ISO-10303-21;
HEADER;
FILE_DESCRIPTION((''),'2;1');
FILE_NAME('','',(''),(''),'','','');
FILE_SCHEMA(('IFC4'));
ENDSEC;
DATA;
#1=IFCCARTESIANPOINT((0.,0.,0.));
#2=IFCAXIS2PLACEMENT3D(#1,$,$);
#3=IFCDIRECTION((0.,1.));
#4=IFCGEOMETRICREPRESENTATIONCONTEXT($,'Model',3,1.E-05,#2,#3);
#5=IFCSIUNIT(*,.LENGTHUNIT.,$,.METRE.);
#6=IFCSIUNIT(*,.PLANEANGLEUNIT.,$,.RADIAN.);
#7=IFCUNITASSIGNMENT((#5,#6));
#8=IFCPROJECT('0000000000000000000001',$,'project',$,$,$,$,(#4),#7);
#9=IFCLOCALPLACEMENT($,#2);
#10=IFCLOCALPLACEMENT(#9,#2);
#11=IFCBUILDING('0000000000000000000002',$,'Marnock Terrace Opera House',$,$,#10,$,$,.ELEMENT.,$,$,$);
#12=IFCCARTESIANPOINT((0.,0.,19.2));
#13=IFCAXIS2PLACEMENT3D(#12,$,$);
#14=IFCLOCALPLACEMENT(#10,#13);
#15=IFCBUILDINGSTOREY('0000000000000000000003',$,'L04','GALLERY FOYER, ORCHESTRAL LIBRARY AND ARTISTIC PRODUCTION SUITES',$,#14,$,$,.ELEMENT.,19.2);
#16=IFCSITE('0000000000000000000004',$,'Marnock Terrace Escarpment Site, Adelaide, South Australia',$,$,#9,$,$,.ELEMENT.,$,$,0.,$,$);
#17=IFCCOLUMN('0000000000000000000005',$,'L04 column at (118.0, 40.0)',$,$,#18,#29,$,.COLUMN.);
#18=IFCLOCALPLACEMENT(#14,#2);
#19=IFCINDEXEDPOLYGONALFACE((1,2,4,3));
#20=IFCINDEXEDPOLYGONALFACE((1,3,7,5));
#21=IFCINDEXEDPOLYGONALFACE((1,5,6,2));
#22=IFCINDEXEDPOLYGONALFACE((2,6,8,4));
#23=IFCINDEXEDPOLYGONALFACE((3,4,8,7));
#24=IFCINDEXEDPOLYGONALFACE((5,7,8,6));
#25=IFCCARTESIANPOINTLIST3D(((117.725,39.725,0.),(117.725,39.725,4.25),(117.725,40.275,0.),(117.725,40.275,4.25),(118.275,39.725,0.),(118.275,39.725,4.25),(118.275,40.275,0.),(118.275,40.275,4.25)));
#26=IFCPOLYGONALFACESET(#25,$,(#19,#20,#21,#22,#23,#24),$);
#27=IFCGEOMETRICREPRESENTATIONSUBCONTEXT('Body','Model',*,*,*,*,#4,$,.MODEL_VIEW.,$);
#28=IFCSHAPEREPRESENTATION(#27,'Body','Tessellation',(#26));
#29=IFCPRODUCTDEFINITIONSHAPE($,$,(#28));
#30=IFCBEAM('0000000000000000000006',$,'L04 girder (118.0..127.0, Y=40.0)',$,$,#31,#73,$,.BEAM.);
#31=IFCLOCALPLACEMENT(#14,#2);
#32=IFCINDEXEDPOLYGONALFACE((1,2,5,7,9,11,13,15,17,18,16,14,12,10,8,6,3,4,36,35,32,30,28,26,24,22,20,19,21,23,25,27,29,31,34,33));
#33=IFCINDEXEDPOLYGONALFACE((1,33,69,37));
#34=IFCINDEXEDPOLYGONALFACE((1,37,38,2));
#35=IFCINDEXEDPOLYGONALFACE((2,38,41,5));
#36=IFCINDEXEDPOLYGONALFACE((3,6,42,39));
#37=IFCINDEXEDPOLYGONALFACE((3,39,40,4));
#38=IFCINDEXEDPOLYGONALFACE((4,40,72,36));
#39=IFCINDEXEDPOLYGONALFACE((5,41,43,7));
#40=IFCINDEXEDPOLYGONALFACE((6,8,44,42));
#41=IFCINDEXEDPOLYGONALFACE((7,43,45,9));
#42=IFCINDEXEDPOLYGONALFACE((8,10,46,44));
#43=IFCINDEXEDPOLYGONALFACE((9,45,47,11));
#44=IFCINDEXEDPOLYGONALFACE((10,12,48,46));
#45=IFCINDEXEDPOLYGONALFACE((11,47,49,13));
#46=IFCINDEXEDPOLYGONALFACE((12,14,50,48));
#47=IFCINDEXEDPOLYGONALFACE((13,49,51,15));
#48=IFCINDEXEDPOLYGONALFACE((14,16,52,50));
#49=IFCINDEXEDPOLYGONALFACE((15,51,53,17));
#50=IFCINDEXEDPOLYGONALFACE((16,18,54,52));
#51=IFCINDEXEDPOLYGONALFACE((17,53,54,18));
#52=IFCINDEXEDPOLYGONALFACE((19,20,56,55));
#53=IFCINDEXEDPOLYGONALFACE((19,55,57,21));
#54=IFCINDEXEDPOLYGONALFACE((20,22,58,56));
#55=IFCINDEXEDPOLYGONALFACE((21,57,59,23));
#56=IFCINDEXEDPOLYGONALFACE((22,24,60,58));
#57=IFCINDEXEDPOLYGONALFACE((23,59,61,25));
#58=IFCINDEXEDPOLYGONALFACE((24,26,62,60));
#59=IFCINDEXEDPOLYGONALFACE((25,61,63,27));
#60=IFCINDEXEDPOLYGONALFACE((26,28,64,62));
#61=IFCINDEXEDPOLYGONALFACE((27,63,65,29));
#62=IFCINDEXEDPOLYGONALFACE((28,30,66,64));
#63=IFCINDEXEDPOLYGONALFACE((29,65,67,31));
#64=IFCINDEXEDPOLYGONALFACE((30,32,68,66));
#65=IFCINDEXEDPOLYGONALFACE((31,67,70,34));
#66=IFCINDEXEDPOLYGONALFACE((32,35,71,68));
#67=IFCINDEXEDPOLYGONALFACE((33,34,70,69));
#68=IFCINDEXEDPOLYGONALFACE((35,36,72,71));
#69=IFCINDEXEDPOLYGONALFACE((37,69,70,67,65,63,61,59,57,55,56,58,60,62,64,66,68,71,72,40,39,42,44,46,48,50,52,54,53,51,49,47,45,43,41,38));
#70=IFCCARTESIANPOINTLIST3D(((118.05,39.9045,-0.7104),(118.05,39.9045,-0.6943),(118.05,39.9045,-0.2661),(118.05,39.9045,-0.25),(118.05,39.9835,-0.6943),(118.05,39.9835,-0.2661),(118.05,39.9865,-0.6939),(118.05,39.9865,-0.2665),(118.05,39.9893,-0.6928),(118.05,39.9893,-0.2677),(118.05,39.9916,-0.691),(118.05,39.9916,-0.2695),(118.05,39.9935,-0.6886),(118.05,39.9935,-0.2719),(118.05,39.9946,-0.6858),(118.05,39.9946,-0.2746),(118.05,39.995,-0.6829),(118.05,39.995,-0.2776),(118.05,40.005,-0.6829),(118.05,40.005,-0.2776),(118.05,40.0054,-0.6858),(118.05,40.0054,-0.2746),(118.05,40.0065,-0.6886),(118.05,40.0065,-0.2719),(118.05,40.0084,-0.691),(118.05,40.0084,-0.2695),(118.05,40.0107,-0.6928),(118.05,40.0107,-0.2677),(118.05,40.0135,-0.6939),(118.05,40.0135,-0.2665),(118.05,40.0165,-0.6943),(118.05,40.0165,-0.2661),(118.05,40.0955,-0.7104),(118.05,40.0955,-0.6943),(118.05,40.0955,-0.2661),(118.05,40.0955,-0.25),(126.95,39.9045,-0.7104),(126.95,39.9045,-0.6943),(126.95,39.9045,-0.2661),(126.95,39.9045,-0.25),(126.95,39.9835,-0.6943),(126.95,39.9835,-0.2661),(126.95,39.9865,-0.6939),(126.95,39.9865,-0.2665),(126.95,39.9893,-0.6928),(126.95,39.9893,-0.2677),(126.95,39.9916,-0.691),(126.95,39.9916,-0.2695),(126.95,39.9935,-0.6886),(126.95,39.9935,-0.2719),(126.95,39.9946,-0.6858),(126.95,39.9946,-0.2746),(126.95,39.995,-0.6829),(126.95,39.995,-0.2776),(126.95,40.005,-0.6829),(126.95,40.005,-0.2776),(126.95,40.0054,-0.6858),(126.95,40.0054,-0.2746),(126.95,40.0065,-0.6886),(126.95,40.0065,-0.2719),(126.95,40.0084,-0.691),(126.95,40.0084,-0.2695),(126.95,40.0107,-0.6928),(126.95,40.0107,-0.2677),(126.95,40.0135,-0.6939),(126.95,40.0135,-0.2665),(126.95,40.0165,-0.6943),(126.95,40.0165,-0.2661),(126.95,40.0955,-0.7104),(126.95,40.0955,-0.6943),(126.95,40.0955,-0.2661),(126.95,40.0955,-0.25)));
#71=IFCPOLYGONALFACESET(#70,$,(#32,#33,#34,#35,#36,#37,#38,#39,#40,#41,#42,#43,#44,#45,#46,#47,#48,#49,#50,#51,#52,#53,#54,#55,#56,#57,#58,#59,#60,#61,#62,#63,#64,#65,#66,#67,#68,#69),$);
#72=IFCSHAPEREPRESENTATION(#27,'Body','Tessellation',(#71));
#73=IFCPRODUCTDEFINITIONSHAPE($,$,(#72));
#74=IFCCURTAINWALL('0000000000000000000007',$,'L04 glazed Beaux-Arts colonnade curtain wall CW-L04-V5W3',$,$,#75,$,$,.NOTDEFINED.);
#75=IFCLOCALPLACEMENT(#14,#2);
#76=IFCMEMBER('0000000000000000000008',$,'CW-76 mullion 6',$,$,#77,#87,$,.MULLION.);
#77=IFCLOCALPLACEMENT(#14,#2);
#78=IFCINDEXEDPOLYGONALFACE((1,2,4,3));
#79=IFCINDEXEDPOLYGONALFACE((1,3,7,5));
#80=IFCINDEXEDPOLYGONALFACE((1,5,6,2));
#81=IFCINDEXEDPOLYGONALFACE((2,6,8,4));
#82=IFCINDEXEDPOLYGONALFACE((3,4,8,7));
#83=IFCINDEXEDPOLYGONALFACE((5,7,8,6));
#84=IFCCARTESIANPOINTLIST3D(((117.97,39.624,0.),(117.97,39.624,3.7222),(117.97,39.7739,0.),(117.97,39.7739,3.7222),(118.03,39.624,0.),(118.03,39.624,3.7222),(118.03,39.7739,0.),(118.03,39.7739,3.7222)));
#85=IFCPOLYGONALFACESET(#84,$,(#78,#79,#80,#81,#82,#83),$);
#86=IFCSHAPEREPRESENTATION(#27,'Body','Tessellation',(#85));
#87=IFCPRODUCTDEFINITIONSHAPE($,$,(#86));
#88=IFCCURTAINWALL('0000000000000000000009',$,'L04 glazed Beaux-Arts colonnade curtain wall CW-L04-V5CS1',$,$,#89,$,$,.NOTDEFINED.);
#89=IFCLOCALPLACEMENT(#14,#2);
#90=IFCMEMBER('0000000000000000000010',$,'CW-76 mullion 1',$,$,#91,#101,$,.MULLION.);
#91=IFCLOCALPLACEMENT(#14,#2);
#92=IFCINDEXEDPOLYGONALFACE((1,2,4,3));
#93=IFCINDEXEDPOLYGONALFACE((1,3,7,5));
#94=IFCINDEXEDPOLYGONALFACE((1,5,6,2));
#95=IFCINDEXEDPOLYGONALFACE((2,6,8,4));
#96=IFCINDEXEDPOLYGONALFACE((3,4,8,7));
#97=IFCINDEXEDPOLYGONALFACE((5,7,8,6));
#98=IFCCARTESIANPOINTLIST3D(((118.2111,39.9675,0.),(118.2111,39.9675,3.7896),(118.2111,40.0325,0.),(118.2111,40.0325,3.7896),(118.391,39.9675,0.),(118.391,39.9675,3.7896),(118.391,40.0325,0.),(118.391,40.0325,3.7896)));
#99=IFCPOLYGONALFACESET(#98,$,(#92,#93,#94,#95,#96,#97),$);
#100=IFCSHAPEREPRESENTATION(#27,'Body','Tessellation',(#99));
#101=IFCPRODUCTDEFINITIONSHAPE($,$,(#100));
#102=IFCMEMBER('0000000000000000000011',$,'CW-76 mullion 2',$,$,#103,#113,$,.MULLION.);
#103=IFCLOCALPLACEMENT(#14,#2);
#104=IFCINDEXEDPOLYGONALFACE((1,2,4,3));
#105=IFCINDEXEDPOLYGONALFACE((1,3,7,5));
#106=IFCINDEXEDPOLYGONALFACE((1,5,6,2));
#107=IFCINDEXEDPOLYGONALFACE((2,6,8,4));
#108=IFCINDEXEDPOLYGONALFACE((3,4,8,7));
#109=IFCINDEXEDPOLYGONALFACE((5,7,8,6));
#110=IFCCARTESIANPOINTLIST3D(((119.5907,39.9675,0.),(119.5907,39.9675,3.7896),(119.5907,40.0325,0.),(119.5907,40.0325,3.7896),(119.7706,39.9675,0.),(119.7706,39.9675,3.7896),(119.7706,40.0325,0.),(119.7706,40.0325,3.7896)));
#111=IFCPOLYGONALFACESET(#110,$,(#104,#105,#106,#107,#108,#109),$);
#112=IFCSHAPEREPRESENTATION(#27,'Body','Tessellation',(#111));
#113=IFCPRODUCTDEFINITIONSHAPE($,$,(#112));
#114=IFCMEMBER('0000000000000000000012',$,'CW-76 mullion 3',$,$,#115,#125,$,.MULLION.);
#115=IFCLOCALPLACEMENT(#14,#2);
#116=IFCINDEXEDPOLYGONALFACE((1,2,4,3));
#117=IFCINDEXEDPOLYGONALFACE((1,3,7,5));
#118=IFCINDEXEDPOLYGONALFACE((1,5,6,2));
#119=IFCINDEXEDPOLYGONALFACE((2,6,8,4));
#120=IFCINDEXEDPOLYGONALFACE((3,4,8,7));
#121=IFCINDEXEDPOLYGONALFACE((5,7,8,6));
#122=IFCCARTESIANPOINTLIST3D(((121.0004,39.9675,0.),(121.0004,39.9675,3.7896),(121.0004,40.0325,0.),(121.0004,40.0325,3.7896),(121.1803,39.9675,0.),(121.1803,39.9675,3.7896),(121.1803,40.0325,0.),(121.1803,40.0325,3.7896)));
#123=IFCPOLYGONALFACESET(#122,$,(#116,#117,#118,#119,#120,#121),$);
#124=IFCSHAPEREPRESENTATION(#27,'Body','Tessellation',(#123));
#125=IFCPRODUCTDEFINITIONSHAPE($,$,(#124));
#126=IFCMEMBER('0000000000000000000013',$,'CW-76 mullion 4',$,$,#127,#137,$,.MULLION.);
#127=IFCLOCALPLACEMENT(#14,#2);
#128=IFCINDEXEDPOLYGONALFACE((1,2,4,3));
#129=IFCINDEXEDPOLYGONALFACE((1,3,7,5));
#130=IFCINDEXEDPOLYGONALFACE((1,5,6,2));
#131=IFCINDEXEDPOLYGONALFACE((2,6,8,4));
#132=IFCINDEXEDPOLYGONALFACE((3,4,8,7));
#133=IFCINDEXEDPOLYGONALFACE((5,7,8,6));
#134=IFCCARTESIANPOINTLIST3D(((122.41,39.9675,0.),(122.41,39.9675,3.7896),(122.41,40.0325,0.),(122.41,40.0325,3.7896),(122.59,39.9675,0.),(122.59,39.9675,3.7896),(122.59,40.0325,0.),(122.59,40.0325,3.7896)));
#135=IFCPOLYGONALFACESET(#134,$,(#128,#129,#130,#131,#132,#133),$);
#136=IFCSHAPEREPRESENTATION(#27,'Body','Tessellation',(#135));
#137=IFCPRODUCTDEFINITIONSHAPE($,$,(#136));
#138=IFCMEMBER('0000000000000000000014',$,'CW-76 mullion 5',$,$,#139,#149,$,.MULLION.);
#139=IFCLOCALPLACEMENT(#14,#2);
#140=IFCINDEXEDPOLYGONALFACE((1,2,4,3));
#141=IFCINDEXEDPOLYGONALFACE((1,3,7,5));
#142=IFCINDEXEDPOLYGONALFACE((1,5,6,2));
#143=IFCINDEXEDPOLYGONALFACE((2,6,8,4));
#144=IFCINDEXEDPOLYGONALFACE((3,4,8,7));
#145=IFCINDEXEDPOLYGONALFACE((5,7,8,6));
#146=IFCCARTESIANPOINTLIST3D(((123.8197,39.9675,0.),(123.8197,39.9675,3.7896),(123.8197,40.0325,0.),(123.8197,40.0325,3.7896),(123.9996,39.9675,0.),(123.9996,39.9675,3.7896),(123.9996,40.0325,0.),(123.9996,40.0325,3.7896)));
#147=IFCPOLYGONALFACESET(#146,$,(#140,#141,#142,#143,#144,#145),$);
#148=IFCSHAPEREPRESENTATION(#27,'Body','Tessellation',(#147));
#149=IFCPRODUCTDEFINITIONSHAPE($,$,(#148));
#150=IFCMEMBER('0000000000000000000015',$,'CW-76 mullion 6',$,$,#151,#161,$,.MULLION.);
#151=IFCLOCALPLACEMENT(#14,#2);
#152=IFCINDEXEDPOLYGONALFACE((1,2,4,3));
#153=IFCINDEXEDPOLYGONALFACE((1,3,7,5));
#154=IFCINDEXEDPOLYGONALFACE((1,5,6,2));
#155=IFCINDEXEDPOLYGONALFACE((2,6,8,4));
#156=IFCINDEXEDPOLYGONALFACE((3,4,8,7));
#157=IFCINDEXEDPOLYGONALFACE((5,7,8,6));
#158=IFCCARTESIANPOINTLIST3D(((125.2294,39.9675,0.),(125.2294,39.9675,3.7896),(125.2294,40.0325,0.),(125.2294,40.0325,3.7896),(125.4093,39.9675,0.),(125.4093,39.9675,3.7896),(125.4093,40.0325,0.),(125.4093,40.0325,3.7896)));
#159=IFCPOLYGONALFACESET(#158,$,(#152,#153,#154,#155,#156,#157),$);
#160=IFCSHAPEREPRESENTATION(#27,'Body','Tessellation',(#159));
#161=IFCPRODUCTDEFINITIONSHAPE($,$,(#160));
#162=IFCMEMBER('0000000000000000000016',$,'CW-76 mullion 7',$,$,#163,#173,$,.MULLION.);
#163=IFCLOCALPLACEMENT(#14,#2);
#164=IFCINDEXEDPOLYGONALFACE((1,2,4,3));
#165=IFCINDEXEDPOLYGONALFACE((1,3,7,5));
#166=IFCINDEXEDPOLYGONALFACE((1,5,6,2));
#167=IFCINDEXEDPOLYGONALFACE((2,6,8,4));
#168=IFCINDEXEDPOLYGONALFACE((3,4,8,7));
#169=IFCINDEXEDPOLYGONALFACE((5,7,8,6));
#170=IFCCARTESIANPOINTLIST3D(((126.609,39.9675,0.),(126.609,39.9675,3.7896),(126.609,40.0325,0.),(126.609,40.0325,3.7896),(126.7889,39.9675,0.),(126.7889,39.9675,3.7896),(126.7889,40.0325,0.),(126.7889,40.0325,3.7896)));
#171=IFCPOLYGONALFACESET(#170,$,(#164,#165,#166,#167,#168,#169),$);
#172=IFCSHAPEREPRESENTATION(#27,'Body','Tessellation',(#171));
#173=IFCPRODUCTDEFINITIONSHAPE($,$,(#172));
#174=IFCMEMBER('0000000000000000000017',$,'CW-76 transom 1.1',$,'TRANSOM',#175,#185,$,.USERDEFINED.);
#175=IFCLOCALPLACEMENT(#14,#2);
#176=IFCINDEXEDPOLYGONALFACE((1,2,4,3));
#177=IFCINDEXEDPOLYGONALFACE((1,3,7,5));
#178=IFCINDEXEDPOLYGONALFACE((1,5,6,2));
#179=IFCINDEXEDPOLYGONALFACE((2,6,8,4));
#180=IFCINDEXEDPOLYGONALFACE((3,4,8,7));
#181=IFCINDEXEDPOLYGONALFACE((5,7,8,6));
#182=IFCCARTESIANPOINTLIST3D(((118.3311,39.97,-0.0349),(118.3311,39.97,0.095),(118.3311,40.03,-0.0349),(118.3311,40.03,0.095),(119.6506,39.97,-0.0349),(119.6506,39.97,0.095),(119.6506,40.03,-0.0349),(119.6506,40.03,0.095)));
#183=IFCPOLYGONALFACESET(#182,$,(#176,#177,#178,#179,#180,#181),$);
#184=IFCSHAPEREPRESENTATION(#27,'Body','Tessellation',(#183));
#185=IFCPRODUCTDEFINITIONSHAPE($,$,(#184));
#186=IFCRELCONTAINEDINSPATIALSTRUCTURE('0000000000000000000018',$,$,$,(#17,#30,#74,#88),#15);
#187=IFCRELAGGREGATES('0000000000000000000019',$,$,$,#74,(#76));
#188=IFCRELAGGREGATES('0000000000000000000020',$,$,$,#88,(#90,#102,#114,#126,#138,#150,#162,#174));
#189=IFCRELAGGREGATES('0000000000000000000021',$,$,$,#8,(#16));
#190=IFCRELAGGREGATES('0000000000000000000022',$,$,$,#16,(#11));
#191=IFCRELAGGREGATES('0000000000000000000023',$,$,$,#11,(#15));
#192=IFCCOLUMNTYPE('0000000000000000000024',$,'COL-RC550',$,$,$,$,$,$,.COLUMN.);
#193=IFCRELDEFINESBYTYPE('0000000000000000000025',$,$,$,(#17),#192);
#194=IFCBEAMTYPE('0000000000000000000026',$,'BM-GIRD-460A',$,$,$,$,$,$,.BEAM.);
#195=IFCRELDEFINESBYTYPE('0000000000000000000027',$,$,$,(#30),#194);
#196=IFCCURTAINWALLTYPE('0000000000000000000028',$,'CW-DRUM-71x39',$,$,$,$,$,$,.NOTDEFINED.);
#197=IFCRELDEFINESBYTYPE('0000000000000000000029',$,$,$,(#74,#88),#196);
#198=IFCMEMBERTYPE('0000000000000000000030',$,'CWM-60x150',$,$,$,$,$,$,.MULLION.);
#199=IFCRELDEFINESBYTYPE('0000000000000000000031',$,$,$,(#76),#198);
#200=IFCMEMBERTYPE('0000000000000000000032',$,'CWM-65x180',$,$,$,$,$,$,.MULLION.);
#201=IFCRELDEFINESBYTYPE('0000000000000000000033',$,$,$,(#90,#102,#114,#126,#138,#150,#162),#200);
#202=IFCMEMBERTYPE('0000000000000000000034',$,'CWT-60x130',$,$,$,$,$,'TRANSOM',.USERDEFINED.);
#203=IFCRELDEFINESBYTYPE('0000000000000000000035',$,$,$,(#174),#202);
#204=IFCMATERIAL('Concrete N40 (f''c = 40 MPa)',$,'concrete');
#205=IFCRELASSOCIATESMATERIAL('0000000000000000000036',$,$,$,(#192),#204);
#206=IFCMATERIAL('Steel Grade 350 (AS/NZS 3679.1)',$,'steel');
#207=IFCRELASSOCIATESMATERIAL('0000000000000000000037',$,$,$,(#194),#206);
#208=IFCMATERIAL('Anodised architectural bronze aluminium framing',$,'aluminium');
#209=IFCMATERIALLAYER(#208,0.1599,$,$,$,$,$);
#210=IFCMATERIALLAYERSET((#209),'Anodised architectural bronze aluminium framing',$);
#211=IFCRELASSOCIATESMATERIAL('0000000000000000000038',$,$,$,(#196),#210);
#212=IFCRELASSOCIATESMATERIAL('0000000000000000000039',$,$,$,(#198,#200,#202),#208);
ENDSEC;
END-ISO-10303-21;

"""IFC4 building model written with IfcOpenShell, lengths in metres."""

from ifc_helpers import new_model, si_unit, direction, frame, origin, origin_2d, place, context, subcontext, project, spatial, rectangle, i_section, extrude, material, layer, layer_set, material_profile, profile_set, type_object, element, aggregate, save


model = new_model("IFC4")

# Units and contexts
model_context = context("Model", 3, precision=1e-05, world=origin(), true_north=direction((0.0, 1.0)))
body_context = subcontext(model_context, "Body", "Model", "MODEL_VIEW")
ifc_project = project(units=[si_unit("LENGTHUNIT", "METRE"), si_unit("PLANEANGLEUNIT", "RADIAN")], contexts=[model_context])

# Site, building, storey
site_placement = place(None, origin())
site = spatial("IfcSite", under=ifc_project, at=site_placement, Name="Marnock Terrace Escarpment Site, Adelaide, South Australia", CompositionType="ELEMENT", RefElevation=0.0)
building_placement = place(site_placement, origin())
building = spatial("IfcBuilding", under=site, at=building_placement, Name="Marnock Terrace Opera House", CompositionType="ELEMENT")
storey_placement = place(building_placement, frame((0.0, 0.0, 19.2)))
storey = spatial("IfcBuildingStorey", under=building, at=storey_placement, Name="L04", Description="GALLERY FOYER, ORCHESTRAL LIBRARY AND ARTISTIC PRODUCTION SUITES", CompositionType="ELEMENT", Elevation=19.2)

# Column
ifc_material_1 = material(Name="Concrete N40 (f'c = 40 MPa)", Category="concrete")
ifc_material_profile_1 = material_profile(ifc_material_1, rectangle(XDim=0.55, YDim=0.55, at=origin_2d()))
ifc_profile_set_1 = profile_set([ifc_material_profile_1], Name="Concrete N40 (f'c = 40 MPa)")
column_type = type_object("IfcColumnType", Name="COL-RC550", PredefinedType="COLUMN", material=ifc_profile_set_1)
column_placement = place(storey_placement, frame((118.0, 40.0, 0.0), z_axis=(0.0, 0.0, 1.0), x_axis=(1.0, 0.0, 0.0)))
element("IfcColumn", 1, at=column_placement, inside=storey, type_object=column_type, Name="L04 column at (118.0, 40.0)", PredefinedType="COLUMN", context=body_context, shape_type="SweptSolid", body=[
    extrude(rectangle(XDim=0.55, YDim=0.55, at=origin_2d()), origin(), (0.0, 0.0, 1.0), 4.25),
])

# Beam
ifc_material_2 = material(Name="Steel Grade 350 (AS/NZS 3679.1)", Category="steel")
ifc_material_profile_2 = material_profile(ifc_material_2, i_section(OverallWidth=0.1909, OverallDepth=0.4604, WebThickness=0.01, FlangeThickness=0.0161, FilletRadius=0.0115, at=origin_2d()))
ifc_profile_set_2 = profile_set([ifc_material_profile_2], Name="Steel Grade 350 (AS/NZS 3679.1)")
beam_type = type_object("IfcBeamType", Name="BM-GIRD-460A", PredefinedType="BEAM", material=ifc_profile_set_2)
beam_placement = place(storey_placement, frame((118.05, 40.0, -0.4802), z_axis=(1.0, 0.0, 0.0), x_axis=(0.0, 1.0, 0.0)))
element("IfcBeam", 2, at=beam_placement, inside=storey, type_object=beam_type, Name="L04 girder (118.0..127.0, Y=40.0)", PredefinedType="BEAM", context=body_context, shape_type="SweptSolid", body=[
    extrude(i_section(OverallWidth=0.1909, OverallDepth=0.4604, WebThickness=0.01, FlangeThickness=0.0161, FilletRadius=0.0115, at=origin_2d()), origin(), (0.0, 0.0, 1.0), 8.8999),
])

# Curtain wall, member
ifc_material_3 = material(Name="Anodised architectural bronze aluminium framing", Category="aluminium")
ifc_layer_1 = layer(ifc_material_3, 0.1599)
ifc_layer_set_1 = layer_set([ifc_layer_1], Name="Anodised architectural bronze aluminium framing")
curtain_wall_type = type_object("IfcCurtainWallType", Name="CW-DRUM-71x39", PredefinedType="NOTDEFINED", material=ifc_layer_set_1)
curtain_wall_1_placement = place(storey_placement, origin())
curtain_wall_1 = element("IfcCurtainWall", 3, at=curtain_wall_1_placement, inside=storey, type_object=curtain_wall_type, Name="L04 glazed Beaux-Arts colonnade curtain wall CW-L04-V5W3", PredefinedType="NOTDEFINED")
ifc_material_profile_3 = material_profile(ifc_material_3, rectangle(XDim=0.0601, YDim=0.1499, at=origin_2d()))
ifc_profile_set_3 = profile_set([ifc_material_profile_3], Name="Anodised architectural bronze aluminium framing")
member_type_1 = type_object("IfcMemberType", Name="CWM-60x150", PredefinedType="MULLION", material=ifc_profile_set_3)
member_1_placement = place(storey_placement, frame((118.0, 39.699, 0.0), z_axis=(0.0, 0.0, 1.0), x_axis=(-1.0, 0.0, 0.0)))
member_1 = element("IfcMember", 4, at=member_1_placement, type_object=member_type_1, Name="CW-76 mullion 6", PredefinedType="MULLION", context=body_context, shape_type="SweptSolid", body=[
    extrude(rectangle(XDim=0.0601, YDim=0.1499, at=origin_2d()), origin(), (0.0, 0.0, 1.0), 3.7222),
])
aggregate(curtain_wall_1, [member_1])

# Curtain wall, members
curtain_wall_2_placement = place(storey_placement, origin())
curtain_wall_2 = element("IfcCurtainWall", 5, at=curtain_wall_2_placement, inside=storey, type_object=curtain_wall_type, Name="L04 glazed Beaux-Arts colonnade curtain wall CW-L04-V5CS1", PredefinedType="NOTDEFINED")
ifc_material_profile_4 = material_profile(ifc_material_3, rectangle(XDim=0.0649, YDim=0.1799, at=origin_2d()))
ifc_profile_set_4 = profile_set([ifc_material_profile_4], Name="Anodised architectural bronze aluminium framing")
member_type_2 = type_object("IfcMemberType", Name="CWM-65x180", PredefinedType="MULLION", material=ifc_profile_set_4)
member_2_placement = place(storey_placement, frame((118.301, 40.0, 0.0), z_axis=(0.0, 0.0, 1.0), x_axis=(0.0, 1.0, 0.0)))
member_2 = element("IfcMember", 6, at=member_2_placement, type_object=member_type_2, Name="CW-76 mullion 1", PredefinedType="MULLION", context=body_context, shape_type="SweptSolid", body=[
    extrude(rectangle(XDim=0.0649, YDim=0.1799, at=origin_2d()), origin(), (0.0, 0.0, 1.0), 3.7896),
])
member_3_placement = place(storey_placement, frame((119.6807, 40.0, 0.0), z_axis=(0.0, 0.0, 1.0), x_axis=(0.0, 1.0, 0.0)))
member_3 = element("IfcMember", 7, at=member_3_placement, type_object=member_type_2, Name="CW-76 mullion 2", PredefinedType="MULLION", context=body_context, shape_type="SweptSolid", body=[
    extrude(rectangle(XDim=0.0649, YDim=0.1799, at=origin_2d()), origin(), (0.0, 0.0, 1.0), 3.7896),
])
member_4_placement = place(storey_placement, frame((121.0903, 40.0, 0.0), z_axis=(0.0, 0.0, 1.0), x_axis=(0.0, 1.0, 0.0)))
member_4 = element("IfcMember", 8, at=member_4_placement, type_object=member_type_2, Name="CW-76 mullion 3", PredefinedType="MULLION", context=body_context, shape_type="SweptSolid", body=[
    extrude(rectangle(XDim=0.0649, YDim=0.1799, at=origin_2d()), origin(), (0.0, 0.0, 1.0), 3.7896),
])
member_5_placement = place(storey_placement, frame((122.5, 40.0, 0.0), z_axis=(0.0, 0.0, 1.0), x_axis=(0.0, 1.0, 0.0)))
member_5 = element("IfcMember", 9, at=member_5_placement, type_object=member_type_2, Name="CW-76 mullion 4", PredefinedType="MULLION", context=body_context, shape_type="SweptSolid", body=[
    extrude(rectangle(XDim=0.0649, YDim=0.1799, at=origin_2d()), origin(), (0.0, 0.0, 1.0), 3.7896),
])
member_6_placement = place(storey_placement, frame((123.9097, 40.0, 0.0), z_axis=(0.0, 0.0, 1.0), x_axis=(0.0, 1.0, 0.0)))
member_6 = element("IfcMember", 10, at=member_6_placement, type_object=member_type_2, Name="CW-76 mullion 5", PredefinedType="MULLION", context=body_context, shape_type="SweptSolid", body=[
    extrude(rectangle(XDim=0.0649, YDim=0.1799, at=origin_2d()), origin(), (0.0, 0.0, 1.0), 3.7896),
])
member_7_placement = place(storey_placement, frame((125.3193, 40.0, 0.0), z_axis=(0.0, 0.0, 1.0), x_axis=(0.0, 1.0, 0.0)))
member_7 = element("IfcMember", 11, at=member_7_placement, type_object=member_type_2, Name="CW-76 mullion 6", PredefinedType="MULLION", context=body_context, shape_type="SweptSolid", body=[
    extrude(rectangle(XDim=0.0649, YDim=0.1799, at=origin_2d()), origin(), (0.0, 0.0, 1.0), 3.7896),
])
member_8_placement = place(storey_placement, frame((126.699, 40.0, 0.0), z_axis=(0.0, 0.0, 1.0), x_axis=(0.0, 1.0, 0.0)))
member_8 = element("IfcMember", 12, at=member_8_placement, type_object=member_type_2, Name="CW-76 mullion 7", PredefinedType="MULLION", context=body_context, shape_type="SweptSolid", body=[
    extrude(rectangle(XDim=0.0649, YDim=0.1799, at=origin_2d()), origin(), (0.0, 0.0, 1.0), 3.7896),
])
ifc_material_profile_5 = material_profile(ifc_material_3, rectangle(XDim=0.0601, YDim=0.1299, at=origin_2d()))
ifc_profile_set_5 = profile_set([ifc_material_profile_5], Name="Anodised architectural bronze aluminium framing")
member_type_3 = type_object("IfcMemberType", Name="CWT-60x130", ElementType="TRANSOM", PredefinedType="USERDEFINED", material=ifc_profile_set_5)
member_9_placement = place(storey_placement, frame((118.3311, 40.0, 0.03), z_axis=(1.0, 0.0, 0.0), x_axis=(0.0, 1.0, 0.0)))
member_9 = element("IfcMember", 13, at=member_9_placement, type_object=member_type_3, Name="CW-76 transom 1.1", ObjectType="TRANSOM", PredefinedType="USERDEFINED", context=body_context, shape_type="SweptSolid", body=[
    extrude(rectangle(XDim=0.0601, YDim=0.1299, at=origin_2d()), origin(), (0.0, 0.0, 1.0), 1.3196),
])
aggregate(curtain_wall_2, [member_2, member_3, member_4, member_5, member_6, member_7, member_8, member_9])

save(model, "model.ifc")
